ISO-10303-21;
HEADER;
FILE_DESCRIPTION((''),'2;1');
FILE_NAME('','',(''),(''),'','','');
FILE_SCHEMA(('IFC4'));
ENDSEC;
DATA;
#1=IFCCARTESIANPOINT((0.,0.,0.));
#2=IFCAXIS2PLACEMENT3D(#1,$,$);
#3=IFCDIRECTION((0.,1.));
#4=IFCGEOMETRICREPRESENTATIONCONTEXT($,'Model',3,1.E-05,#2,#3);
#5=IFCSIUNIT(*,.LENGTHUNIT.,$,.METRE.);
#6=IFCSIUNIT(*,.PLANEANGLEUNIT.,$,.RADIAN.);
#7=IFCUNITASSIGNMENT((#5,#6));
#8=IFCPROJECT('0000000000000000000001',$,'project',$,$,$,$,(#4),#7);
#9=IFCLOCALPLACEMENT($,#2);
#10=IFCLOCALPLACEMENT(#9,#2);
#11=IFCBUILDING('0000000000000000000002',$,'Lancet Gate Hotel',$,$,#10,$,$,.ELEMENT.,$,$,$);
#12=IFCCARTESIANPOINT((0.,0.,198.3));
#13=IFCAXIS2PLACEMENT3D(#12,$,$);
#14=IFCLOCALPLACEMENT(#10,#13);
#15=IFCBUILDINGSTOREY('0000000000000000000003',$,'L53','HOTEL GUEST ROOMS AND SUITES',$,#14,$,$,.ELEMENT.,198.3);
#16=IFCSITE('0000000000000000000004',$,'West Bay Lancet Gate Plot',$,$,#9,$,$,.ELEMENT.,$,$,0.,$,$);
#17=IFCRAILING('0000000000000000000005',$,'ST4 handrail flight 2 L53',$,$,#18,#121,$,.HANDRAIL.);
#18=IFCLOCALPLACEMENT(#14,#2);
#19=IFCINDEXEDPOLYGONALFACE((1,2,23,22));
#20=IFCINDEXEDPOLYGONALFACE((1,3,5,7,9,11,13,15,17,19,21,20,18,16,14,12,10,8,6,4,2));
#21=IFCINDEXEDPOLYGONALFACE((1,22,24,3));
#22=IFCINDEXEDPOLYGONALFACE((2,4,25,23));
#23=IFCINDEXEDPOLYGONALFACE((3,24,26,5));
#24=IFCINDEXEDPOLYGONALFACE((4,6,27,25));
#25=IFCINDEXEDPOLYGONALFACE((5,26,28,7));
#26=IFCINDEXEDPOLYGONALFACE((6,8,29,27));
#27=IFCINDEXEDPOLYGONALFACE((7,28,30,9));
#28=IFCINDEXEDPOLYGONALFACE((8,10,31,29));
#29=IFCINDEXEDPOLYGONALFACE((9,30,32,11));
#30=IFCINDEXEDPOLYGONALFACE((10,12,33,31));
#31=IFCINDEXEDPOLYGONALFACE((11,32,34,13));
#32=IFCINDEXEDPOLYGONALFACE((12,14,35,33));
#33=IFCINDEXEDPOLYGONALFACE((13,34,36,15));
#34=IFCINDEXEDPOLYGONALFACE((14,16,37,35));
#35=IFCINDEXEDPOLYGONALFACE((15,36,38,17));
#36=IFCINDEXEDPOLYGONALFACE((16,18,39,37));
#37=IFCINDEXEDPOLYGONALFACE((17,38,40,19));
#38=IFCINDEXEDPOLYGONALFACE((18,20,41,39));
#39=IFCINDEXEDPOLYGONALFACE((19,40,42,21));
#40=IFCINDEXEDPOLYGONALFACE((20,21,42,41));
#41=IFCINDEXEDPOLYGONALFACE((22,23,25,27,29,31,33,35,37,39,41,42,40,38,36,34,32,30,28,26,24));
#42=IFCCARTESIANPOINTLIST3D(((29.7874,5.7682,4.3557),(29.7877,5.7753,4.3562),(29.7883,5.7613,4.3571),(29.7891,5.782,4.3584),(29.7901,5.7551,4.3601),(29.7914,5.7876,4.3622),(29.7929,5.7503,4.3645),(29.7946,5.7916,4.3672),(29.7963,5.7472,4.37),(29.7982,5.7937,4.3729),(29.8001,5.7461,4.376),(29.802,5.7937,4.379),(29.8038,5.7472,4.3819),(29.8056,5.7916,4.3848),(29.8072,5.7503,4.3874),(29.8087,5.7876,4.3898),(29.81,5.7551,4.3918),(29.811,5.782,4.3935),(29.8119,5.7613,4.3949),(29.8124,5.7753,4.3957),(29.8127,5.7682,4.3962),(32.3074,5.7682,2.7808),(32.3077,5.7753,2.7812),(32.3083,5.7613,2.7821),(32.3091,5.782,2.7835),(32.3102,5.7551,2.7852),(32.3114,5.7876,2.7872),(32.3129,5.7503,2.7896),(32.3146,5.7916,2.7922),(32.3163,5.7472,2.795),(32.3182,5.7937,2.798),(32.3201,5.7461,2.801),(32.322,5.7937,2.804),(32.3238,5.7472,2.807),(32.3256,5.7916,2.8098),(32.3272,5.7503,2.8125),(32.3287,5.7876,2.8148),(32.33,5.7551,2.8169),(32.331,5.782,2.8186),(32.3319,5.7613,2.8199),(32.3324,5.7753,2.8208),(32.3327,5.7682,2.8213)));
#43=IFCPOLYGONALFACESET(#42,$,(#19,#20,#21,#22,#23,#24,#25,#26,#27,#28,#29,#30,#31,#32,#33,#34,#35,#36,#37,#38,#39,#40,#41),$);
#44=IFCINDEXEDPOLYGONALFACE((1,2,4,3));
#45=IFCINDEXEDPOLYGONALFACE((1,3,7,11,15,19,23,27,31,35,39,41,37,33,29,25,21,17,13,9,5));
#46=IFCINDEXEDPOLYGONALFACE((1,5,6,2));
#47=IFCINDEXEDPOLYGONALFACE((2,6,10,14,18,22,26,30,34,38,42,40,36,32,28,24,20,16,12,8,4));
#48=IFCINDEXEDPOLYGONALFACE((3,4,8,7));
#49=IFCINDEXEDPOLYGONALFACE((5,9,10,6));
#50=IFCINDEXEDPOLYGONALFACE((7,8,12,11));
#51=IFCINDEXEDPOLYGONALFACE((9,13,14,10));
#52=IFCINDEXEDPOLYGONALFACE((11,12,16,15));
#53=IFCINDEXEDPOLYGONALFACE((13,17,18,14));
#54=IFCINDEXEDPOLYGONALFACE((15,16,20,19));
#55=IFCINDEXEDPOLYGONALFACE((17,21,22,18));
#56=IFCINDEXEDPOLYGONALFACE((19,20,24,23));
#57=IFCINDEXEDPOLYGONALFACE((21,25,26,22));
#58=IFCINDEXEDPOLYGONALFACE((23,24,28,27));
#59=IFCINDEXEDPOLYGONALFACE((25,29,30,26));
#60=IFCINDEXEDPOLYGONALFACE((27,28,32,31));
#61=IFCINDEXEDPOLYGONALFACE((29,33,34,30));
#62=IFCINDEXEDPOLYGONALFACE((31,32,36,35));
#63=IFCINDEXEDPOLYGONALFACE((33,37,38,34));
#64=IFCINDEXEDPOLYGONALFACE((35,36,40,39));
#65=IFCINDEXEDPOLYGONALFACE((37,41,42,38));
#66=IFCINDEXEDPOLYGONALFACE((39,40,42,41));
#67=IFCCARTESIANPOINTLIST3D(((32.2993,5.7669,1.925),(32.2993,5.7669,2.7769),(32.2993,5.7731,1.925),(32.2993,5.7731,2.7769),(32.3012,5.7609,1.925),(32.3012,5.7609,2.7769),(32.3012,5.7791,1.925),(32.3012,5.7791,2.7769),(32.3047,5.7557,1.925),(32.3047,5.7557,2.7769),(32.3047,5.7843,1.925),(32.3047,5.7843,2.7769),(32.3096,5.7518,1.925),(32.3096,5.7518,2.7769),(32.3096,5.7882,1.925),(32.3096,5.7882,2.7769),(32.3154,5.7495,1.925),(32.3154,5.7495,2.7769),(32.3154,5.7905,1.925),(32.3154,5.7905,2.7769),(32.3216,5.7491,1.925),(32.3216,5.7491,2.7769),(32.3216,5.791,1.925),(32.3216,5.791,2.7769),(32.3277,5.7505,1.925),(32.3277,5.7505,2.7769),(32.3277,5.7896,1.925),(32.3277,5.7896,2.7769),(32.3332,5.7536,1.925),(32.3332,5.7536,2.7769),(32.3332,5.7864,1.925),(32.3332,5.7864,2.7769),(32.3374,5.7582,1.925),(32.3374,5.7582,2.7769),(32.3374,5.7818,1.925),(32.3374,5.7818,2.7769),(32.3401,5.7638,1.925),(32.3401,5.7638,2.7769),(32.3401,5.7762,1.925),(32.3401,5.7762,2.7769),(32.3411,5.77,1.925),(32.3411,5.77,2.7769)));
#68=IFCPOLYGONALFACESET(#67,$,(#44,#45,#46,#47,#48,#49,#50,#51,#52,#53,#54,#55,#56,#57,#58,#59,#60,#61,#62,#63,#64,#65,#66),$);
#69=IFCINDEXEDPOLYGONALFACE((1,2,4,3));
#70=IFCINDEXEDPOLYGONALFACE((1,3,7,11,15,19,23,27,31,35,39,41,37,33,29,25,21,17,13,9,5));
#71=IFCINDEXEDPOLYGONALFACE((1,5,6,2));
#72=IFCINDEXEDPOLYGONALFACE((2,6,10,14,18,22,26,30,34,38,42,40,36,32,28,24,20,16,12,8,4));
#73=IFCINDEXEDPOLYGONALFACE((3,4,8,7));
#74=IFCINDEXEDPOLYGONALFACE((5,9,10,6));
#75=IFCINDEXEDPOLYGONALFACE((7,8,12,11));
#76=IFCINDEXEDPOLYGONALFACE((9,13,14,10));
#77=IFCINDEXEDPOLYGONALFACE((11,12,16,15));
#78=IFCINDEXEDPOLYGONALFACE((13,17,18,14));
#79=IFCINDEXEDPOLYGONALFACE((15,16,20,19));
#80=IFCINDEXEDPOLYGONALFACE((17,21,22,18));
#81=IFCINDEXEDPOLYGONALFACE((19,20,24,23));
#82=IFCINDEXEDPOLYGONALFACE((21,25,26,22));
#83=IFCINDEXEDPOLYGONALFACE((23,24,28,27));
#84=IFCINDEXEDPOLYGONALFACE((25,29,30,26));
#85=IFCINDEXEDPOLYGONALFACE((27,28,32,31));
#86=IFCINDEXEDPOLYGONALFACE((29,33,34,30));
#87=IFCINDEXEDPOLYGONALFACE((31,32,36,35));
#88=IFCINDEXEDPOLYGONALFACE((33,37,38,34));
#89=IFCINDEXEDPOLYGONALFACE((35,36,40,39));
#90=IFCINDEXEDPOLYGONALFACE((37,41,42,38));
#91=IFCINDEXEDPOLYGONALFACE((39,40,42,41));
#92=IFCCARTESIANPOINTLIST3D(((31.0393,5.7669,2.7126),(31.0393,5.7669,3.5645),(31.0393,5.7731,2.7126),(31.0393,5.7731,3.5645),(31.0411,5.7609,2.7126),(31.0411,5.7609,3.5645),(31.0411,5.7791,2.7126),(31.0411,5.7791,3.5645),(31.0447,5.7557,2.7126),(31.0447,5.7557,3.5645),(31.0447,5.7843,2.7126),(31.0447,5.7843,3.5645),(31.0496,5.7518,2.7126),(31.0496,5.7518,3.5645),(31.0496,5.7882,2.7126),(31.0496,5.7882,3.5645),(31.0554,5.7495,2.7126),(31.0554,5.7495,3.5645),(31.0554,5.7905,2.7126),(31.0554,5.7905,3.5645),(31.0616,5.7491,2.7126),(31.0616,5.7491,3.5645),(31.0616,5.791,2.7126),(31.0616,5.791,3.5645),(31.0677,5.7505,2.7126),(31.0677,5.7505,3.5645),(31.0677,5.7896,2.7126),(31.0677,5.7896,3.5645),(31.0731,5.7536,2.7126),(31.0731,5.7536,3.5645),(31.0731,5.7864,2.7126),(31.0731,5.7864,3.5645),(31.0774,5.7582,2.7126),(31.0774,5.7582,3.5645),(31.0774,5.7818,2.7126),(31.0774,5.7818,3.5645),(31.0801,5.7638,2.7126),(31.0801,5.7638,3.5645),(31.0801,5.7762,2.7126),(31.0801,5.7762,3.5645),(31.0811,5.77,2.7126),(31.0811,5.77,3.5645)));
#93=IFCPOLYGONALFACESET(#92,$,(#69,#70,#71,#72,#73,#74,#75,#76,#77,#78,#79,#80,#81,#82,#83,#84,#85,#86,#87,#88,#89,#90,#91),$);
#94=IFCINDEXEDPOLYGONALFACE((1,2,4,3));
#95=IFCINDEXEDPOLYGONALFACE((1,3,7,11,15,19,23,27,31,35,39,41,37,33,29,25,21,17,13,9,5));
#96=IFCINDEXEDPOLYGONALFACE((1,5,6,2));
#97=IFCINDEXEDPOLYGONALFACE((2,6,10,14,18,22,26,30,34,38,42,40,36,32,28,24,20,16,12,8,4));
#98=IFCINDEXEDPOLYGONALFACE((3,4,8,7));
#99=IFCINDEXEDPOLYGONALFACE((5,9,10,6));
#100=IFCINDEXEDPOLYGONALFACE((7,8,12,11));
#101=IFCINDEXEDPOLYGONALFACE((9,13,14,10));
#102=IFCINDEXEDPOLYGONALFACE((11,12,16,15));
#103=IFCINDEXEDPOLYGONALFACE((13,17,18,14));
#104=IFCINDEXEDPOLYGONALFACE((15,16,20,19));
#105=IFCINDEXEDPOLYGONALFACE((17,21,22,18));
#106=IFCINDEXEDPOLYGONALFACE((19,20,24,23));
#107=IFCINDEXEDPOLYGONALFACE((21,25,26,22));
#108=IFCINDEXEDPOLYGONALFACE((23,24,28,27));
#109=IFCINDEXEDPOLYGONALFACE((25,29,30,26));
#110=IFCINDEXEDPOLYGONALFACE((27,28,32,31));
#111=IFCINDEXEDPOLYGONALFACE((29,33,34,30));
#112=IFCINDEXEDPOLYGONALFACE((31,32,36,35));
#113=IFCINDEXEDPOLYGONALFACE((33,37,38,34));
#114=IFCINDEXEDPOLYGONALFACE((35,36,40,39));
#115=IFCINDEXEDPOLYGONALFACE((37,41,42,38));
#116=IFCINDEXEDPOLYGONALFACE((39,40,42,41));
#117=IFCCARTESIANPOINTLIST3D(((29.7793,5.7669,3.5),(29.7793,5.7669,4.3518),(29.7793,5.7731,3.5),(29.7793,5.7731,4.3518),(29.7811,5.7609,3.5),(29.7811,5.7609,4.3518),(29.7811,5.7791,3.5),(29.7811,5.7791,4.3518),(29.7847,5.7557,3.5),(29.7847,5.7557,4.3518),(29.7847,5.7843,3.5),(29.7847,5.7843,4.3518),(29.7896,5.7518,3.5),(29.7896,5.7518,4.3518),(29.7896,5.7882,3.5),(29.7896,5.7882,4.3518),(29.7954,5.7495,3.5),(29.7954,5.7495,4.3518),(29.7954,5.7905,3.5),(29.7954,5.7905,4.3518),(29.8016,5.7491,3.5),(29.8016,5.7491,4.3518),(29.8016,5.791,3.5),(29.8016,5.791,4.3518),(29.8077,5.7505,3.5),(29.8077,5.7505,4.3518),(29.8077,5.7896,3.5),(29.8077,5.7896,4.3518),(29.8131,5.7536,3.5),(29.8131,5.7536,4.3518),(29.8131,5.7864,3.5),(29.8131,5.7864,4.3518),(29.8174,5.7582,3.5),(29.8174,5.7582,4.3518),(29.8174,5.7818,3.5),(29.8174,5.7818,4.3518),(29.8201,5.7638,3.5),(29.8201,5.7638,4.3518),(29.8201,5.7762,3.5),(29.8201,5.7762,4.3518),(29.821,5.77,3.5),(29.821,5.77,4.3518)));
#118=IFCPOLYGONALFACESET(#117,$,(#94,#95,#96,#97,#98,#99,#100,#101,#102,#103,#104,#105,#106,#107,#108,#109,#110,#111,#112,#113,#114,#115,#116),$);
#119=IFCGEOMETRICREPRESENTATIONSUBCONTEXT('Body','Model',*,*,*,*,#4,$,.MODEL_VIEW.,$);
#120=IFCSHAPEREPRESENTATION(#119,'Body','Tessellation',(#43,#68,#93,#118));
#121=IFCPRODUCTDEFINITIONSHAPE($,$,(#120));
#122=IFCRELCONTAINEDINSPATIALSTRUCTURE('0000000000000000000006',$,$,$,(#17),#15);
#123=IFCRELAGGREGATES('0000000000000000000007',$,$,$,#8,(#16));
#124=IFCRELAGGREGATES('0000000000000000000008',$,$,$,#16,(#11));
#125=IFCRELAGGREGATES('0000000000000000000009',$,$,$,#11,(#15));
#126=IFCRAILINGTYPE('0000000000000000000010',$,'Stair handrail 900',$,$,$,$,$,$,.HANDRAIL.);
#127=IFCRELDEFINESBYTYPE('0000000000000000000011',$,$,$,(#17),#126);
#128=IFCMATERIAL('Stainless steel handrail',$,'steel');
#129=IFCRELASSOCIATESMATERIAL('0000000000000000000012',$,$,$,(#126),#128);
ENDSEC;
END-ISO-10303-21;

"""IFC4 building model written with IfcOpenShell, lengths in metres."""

from ifc_helpers import new_model, si_unit, direction, frame, origin, origin_2d, place, context, subcontext, project, spatial, circle, extrude, material, type_object, element, save


model = new_model("IFC4")

# Units and contexts
model_context = context("Model", 3, precision=1e-05, world=origin(), true_north=direction((0.0, 1.0)))
body_context = subcontext(model_context, "Body", "Model", "MODEL_VIEW")
ifc_project = project(units=[si_unit("LENGTHUNIT", "METRE"), si_unit("PLANEANGLEUNIT", "RADIAN")], contexts=[model_context])

# Site, building, storey
site_placement = place(None, origin())
site = spatial("IfcSite", under=ifc_project, at=site_placement, Name="West Bay Lancet Gate Plot", CompositionType="ELEMENT", RefElevation=0.0)
building_placement = place(site_placement, origin())
building = spatial("IfcBuilding", under=site, at=building_placement, Name="Lancet Gate Hotel", CompositionType="ELEMENT")
storey_placement = place(building_placement, frame((0.0, 0.0, 198.3)))
storey = spatial("IfcBuildingStorey", under=building, at=storey_placement, Name="L53", Description="HOTEL GUEST ROOMS AND SUITES", CompositionType="ELEMENT", Elevation=198.3)

# Railing
ifc_material_1 = material(Name="Stainless steel handrail", Category="steel")
railing_type = type_object("IfcRailingType", Name="Stair handrail 900", PredefinedType="HANDRAIL", material=ifc_material_1)
railing_1_placement = place(storey_placement, frame((32.3201, 5.77, 1.925)))
element("IfcRailing", 1, at=railing_1_placement, inside=storey, type_object=railing_type, Name="ST4 handrail flight 2 L53", PredefinedType="HANDRAIL", context=body_context, shape_type="SweptSolid", body=[
    extrude(circle(Radius=0.0239, at=origin_2d()), frame((0.0, 0.0, 0.876), z_axis=(-0.848008, 0.0, 0.529984), x_axis=(0.0, -1.0, 0.0)), (0.0, 0.0, 1.0), 2.9717),
    extrude(circle(Radius=0.021, at=origin_2d()), origin(), (0.0, 0.0, 1.0), 0.8518),
    extrude(circle(Radius=0.021, at=origin_2d()), frame((-1.26, 0.0, 0.7876)), (0.0, 0.0, 1.0), 0.8518),
    extrude(circle(Radius=0.021, at=origin_2d()), frame((-2.52, 0.0, 1.575)), (0.0, 0.0, 1.0), 0.8518),
])

save(model, "model.ifc")
